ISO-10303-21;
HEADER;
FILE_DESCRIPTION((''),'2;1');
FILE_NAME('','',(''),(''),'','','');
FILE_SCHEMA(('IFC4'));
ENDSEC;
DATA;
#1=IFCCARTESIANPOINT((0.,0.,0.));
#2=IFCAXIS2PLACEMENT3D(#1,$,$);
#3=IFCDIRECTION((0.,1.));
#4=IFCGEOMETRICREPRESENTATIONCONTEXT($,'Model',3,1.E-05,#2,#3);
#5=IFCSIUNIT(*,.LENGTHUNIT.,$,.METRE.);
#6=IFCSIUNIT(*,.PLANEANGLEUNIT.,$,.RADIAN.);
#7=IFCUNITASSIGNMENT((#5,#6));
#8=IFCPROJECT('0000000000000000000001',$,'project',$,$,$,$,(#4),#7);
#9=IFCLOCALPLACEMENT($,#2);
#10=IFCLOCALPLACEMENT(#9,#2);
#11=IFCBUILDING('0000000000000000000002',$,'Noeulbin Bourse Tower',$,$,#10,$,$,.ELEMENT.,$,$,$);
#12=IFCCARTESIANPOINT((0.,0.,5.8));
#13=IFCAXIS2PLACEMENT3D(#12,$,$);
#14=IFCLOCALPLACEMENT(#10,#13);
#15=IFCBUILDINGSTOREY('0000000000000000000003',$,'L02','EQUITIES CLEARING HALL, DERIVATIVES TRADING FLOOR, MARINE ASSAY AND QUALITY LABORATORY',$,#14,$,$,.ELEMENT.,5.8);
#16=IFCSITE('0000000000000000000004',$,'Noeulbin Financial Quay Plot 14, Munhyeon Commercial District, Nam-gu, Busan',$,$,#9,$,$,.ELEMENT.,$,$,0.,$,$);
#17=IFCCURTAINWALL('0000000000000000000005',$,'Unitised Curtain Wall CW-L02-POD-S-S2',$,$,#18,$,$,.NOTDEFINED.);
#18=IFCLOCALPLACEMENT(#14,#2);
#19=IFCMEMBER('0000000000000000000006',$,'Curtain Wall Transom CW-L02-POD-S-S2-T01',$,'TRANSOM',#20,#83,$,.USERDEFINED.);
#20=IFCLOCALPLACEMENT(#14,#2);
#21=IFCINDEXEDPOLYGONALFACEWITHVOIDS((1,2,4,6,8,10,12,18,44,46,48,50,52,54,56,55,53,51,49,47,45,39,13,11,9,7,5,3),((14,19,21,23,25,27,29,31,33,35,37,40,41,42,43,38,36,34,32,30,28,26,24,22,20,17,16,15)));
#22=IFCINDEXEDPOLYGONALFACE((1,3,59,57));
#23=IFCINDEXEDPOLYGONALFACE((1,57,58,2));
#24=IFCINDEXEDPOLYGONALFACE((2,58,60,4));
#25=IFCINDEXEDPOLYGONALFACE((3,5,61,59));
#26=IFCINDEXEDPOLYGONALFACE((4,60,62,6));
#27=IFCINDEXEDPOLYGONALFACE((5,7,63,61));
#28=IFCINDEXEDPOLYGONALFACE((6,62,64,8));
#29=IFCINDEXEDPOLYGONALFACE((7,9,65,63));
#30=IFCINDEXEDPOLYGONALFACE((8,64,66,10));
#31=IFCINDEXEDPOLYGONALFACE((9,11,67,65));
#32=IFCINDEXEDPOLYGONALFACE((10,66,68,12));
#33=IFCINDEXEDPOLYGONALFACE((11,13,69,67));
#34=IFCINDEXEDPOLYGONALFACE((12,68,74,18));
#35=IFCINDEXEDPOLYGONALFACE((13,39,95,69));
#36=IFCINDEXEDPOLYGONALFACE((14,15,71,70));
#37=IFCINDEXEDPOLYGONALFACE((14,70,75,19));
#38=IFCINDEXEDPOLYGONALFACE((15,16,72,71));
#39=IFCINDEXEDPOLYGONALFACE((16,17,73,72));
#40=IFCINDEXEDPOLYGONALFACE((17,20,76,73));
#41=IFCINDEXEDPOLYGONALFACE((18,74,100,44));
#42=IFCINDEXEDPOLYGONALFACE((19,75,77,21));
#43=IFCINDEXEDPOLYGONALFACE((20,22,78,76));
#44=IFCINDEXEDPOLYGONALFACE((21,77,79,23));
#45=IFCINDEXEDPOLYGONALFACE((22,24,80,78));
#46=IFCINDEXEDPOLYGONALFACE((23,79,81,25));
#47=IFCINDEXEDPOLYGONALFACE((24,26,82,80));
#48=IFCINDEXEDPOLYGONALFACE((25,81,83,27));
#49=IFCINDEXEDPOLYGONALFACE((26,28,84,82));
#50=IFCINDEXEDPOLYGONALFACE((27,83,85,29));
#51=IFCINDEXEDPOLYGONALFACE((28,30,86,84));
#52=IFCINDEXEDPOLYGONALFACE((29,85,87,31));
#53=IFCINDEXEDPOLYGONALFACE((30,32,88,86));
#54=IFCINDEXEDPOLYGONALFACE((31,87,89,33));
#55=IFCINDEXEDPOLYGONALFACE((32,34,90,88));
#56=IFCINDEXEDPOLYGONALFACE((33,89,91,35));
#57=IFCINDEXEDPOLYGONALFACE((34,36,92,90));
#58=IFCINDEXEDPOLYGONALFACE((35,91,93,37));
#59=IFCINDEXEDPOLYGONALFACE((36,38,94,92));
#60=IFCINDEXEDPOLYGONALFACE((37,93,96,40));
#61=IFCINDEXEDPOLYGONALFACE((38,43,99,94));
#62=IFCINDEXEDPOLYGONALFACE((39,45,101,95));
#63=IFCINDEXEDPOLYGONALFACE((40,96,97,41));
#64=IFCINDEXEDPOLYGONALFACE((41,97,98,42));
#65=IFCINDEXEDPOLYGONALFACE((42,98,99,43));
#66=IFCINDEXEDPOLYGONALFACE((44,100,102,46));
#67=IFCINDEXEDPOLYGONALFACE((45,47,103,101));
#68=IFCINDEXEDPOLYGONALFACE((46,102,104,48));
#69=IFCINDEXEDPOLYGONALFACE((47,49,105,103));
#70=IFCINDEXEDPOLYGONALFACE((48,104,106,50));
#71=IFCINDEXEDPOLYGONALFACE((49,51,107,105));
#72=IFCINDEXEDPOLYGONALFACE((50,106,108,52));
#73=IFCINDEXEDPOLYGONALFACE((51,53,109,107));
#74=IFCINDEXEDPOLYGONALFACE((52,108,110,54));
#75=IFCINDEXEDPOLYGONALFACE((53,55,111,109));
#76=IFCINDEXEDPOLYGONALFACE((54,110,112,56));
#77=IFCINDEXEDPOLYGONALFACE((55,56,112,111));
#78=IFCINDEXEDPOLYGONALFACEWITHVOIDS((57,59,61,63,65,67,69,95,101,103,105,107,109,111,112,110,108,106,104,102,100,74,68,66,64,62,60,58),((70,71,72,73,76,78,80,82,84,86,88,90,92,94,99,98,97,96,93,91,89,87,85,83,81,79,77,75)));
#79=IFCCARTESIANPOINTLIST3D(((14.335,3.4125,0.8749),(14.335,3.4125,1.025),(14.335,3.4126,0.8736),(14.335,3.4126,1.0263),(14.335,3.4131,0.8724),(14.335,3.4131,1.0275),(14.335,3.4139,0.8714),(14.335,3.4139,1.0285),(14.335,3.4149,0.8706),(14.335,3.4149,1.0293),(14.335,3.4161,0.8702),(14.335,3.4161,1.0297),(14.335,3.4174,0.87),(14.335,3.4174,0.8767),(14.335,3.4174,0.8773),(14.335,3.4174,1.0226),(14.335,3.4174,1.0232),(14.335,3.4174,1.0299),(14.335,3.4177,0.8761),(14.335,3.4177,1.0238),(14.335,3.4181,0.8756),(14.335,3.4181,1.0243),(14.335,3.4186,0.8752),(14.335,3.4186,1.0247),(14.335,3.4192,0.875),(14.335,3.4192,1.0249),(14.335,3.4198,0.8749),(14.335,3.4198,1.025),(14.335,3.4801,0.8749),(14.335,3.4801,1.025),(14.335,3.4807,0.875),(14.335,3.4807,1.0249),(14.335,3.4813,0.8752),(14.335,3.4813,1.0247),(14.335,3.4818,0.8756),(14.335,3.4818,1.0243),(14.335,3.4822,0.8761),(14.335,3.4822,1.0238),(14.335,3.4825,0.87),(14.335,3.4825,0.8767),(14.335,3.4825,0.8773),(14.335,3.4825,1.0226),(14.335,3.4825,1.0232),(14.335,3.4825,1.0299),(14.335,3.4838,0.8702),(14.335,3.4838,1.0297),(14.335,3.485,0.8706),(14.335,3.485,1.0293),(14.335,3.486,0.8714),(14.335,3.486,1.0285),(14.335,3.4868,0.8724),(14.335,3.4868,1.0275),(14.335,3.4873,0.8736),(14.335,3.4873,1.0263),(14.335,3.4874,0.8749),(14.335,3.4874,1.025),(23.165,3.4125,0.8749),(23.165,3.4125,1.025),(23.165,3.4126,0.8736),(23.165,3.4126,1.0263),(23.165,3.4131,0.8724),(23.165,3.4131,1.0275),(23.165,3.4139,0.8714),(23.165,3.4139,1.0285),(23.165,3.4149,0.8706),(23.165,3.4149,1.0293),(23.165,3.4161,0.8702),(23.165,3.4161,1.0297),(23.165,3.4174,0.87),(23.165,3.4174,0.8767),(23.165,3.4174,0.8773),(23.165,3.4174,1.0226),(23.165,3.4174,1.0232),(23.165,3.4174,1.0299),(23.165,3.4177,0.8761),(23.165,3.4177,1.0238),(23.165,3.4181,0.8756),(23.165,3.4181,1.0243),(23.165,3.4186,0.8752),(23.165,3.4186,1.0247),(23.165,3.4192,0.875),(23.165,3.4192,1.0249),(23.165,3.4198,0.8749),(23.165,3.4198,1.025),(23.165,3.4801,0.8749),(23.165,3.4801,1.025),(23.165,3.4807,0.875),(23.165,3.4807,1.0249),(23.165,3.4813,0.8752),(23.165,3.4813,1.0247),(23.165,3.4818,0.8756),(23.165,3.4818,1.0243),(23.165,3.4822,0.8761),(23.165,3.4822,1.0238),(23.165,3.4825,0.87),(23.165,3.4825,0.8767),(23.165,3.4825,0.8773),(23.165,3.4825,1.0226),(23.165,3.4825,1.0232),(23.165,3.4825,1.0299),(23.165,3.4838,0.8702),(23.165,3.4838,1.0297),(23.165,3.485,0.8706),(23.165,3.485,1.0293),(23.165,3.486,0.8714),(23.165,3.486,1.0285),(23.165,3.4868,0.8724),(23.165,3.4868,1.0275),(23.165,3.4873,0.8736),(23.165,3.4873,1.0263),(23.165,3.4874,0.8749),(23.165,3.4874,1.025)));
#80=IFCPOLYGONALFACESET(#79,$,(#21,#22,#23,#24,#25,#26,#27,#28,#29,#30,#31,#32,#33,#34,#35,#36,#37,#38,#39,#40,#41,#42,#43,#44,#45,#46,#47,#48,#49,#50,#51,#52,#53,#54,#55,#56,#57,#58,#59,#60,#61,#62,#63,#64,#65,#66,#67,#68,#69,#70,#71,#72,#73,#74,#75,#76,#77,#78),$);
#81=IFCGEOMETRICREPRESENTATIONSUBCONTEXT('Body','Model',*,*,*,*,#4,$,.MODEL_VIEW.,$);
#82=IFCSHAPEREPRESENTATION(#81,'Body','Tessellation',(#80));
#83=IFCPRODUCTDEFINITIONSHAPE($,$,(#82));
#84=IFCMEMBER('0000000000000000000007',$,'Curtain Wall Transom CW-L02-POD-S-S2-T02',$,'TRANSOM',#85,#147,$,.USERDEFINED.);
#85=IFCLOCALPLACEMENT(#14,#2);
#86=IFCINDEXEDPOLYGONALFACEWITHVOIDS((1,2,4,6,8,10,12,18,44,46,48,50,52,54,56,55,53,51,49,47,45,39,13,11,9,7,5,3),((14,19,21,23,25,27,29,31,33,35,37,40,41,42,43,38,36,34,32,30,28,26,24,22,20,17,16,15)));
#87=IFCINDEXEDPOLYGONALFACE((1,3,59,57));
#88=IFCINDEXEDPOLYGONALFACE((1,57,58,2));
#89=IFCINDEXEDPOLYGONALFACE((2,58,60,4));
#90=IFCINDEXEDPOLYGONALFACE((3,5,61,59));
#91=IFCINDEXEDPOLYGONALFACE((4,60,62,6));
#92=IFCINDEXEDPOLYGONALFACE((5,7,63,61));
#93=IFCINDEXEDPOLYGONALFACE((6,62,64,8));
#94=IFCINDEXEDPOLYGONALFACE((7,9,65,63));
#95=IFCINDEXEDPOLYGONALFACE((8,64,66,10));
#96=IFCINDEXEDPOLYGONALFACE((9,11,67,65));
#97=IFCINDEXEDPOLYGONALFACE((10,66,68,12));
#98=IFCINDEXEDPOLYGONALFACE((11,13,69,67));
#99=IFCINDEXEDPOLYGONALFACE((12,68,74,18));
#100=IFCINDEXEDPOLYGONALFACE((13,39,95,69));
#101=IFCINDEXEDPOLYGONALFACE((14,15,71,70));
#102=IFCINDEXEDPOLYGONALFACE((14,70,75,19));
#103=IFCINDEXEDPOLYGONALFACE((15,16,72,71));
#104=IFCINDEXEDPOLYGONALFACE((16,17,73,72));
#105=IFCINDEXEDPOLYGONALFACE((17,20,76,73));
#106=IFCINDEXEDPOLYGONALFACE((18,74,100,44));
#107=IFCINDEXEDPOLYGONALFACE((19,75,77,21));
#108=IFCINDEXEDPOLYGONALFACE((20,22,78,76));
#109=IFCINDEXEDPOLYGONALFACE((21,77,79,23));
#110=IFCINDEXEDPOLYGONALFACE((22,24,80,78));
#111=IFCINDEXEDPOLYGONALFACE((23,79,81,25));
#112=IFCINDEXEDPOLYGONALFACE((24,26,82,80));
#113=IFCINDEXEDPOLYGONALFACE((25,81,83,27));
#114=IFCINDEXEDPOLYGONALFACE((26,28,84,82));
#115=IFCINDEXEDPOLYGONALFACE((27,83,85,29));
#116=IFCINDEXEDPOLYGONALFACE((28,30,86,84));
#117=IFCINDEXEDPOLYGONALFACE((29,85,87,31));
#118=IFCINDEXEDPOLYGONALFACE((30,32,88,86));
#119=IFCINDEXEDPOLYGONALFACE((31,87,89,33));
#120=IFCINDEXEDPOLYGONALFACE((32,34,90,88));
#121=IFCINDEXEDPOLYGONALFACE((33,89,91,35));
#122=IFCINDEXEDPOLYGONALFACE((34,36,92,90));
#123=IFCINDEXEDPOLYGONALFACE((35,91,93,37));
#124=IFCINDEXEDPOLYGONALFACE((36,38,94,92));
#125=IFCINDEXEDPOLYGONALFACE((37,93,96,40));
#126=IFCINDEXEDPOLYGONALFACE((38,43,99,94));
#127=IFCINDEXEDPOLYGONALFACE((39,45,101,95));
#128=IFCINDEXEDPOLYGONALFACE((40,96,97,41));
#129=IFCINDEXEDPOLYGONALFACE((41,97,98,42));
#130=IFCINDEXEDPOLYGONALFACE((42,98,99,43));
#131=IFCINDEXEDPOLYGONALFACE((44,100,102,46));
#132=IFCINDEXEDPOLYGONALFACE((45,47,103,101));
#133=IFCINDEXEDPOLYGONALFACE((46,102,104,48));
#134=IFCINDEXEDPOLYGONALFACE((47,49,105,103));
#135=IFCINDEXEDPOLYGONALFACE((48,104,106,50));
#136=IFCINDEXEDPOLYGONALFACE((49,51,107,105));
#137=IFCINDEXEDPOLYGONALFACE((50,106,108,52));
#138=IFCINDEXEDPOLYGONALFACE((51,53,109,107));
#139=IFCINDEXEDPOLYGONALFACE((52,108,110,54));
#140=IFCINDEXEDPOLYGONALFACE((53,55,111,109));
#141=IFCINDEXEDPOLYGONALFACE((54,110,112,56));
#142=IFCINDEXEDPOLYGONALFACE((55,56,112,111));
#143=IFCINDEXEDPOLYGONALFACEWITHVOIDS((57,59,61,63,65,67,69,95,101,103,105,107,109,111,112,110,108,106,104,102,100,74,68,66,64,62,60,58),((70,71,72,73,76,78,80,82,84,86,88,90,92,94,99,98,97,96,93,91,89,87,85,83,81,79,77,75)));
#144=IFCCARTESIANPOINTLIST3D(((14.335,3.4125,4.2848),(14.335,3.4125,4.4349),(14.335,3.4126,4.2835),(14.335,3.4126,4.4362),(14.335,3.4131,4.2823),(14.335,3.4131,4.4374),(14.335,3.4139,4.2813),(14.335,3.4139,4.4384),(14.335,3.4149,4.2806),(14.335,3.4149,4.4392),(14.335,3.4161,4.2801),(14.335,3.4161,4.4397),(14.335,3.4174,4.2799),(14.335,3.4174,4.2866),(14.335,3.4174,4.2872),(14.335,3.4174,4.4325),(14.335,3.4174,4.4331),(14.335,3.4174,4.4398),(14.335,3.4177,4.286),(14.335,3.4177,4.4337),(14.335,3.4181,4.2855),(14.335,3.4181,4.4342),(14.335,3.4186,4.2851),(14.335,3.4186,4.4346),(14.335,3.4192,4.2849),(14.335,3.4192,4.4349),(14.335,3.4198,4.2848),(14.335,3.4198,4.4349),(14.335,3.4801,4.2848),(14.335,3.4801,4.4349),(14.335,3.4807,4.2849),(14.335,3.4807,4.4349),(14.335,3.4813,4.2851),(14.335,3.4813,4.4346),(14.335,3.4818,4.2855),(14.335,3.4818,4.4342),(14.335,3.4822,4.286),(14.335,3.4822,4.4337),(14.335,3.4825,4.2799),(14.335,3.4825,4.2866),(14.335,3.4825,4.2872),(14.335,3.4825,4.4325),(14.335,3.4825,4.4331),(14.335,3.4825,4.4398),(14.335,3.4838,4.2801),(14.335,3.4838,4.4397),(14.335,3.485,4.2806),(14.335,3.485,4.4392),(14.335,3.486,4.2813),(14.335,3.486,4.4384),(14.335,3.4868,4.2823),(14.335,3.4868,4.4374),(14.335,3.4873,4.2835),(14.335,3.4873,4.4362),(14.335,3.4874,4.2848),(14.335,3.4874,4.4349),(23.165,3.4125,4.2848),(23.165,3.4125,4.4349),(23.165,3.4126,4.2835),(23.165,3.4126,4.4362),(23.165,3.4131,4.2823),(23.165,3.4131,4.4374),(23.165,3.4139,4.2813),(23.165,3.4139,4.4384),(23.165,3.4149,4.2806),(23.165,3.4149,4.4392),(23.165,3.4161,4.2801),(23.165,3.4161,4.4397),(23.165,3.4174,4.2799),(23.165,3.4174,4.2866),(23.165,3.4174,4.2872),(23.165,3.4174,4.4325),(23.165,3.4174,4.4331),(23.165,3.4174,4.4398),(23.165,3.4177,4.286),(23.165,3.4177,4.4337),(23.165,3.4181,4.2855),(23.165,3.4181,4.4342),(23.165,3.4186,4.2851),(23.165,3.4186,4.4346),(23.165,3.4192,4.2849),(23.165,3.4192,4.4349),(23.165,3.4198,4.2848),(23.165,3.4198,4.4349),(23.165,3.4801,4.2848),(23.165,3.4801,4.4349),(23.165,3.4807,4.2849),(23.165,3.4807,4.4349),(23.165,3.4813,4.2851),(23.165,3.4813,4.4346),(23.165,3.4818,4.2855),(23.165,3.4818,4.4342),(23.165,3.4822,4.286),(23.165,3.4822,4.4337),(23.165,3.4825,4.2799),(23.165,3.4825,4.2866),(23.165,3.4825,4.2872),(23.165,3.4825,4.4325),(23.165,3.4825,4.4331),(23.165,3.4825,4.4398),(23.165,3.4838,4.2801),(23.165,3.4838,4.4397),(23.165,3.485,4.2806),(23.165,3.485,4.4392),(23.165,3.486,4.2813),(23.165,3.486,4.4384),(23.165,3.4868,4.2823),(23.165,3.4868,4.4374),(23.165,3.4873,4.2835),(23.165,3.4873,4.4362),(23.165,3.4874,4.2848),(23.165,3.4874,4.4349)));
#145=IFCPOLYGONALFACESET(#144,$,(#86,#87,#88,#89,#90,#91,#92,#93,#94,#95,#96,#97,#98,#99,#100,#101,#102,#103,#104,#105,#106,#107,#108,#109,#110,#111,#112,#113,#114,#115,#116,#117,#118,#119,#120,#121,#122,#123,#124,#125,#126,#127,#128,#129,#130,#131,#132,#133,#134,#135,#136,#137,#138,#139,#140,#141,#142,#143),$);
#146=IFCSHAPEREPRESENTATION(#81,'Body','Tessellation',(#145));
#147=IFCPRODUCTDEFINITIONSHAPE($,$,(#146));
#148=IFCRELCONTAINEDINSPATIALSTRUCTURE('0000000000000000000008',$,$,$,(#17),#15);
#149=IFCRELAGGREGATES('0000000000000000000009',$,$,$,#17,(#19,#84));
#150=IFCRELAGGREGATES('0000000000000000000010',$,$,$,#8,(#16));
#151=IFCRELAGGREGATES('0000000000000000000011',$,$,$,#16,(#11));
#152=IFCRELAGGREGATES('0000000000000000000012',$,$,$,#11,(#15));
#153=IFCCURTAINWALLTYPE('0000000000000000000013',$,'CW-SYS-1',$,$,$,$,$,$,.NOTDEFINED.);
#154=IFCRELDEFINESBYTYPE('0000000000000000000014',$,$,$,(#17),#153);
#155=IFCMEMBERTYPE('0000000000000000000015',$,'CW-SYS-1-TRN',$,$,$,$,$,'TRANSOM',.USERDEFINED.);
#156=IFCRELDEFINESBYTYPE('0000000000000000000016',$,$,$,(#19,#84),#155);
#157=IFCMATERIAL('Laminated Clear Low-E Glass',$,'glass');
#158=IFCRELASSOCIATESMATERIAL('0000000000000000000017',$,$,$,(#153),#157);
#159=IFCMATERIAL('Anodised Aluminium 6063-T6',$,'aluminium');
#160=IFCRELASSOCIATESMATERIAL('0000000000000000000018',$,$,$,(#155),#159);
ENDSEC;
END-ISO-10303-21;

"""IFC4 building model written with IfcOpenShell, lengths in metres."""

from ifc_helpers import new_model, si_unit, direction, frame, origin, origin_2d, place, context, subcontext, project, spatial, hollow_rectangle, extrude, material, material_profile, profile_set, type_object, element, aggregate, save


model = new_model("IFC4")

# Units and contexts
model_context = context("Model", 3, precision=1e-05, world=origin(), true_north=direction((0.0, 1.0)))
body_context = subcontext(model_context, "Body", "Model", "MODEL_VIEW")
ifc_project = project(units=[si_unit("LENGTHUNIT", "METRE"), si_unit("PLANEANGLEUNIT", "RADIAN")], contexts=[model_context])

# Site, building, storey
site_placement = place(None, origin())
site = spatial("IfcSite", under=ifc_project, at=site_placement, Name="Noeulbin Financial Quay Plot 14, Munhyeon Commercial District, Nam-gu, Busan", CompositionType="ELEMENT", RefElevation=0.0)
building_placement = place(site_placement, origin())
building = spatial("IfcBuilding", under=site, at=building_placement, Name="Noeulbin Bourse Tower", CompositionType="ELEMENT")
storey_placement = place(building_placement, frame((0.0, 0.0, 5.8)))
storey = spatial("IfcBuildingStorey", under=building, at=storey_placement, Name="L02", Description="EQUITIES CLEARING HALL, DERIVATIVES TRADING FLOOR, MARINE ASSAY AND QUALITY LABORATORY", CompositionType="ELEMENT", Elevation=5.8)

# Curtain wall
ifc_material_1 = material(Name="Laminated Clear Low-E Glass", Category="glass")
curtain_wall_type = type_object("IfcCurtainWallType", Name="CW-SYS-1", PredefinedType="NOTDEFINED", material=ifc_material_1)
curtain_wall_1_placement = place(storey_placement, origin())
curtain_wall_1 = element("IfcCurtainWall", 1, at=curtain_wall_1_placement, inside=storey, type_object=curtain_wall_type, Name="Unitised Curtain Wall CW-L02-POD-S-S2", PredefinedType="NOTDEFINED")
ifc_material_2 = material(Name="Anodised Aluminium 6063-T6", Category="aluminium")

# Members
ifc_material_profile_1 = material_profile(ifc_material_2, hollow_rectangle(XDim=0.075, YDim=0.1599, WallThickness=0.0049, InnerFilletRadius=0.0024, OuterFilletRadius=0.0049, at=origin_2d()), Name="ALU-TRAN-75x160x5", Category="LoadBearing")
ifc_profile_set_1 = profile_set([ifc_material_profile_1], Name="Anodised Aluminium 6063-T6")
member_type_1 = type_object("IfcMemberType", Name="CW-SYS-1-TRN", ElementType="TRANSOM", PredefinedType="USERDEFINED", material=ifc_profile_set_1)
member_1_placement = place(storey_placement, frame((14.335, 3.45, 0.95), z_axis=(1.0, 0.0, 0.0), x_axis=(0.0, 1.0, 0.0)))
member_1 = element("IfcMember", 2, at=member_1_placement, type_object=member_type_1, Name="Curtain Wall Transom CW-L02-POD-S-S2-T01", ObjectType="TRANSOM", PredefinedType="USERDEFINED", context=body_context, shape_type="SweptSolid", body=[
    extrude(hollow_rectangle(XDim=0.075, YDim=0.1599, WallThickness=0.0049, InnerFilletRadius=0.0024, OuterFilletRadius=0.0049, at=origin_2d()), origin(), (0.0, 0.0, 1.0), 8.8301),
])
member_2_placement = place(storey_placement, frame((14.335, 3.45, 4.3599), z_axis=(1.0, 0.0, 0.0), x_axis=(0.0, 1.0, 0.0)))
member_2 = element("IfcMember", 3, at=member_2_placement, type_object=member_type_1, Name="Curtain Wall Transom CW-L02-POD-S-S2-T02", ObjectType="TRANSOM", PredefinedType="USERDEFINED", context=body_context, shape_type="SweptSolid", body=[
    extrude(hollow_rectangle(XDim=0.075, YDim=0.1599, WallThickness=0.0049, InnerFilletRadius=0.0024, OuterFilletRadius=0.0049, at=origin_2d()), origin(), (0.0, 0.0, 1.0), 8.8301),
])

aggregate(curtain_wall_1, [member_1, member_2])

save(model, "model.ifc")
